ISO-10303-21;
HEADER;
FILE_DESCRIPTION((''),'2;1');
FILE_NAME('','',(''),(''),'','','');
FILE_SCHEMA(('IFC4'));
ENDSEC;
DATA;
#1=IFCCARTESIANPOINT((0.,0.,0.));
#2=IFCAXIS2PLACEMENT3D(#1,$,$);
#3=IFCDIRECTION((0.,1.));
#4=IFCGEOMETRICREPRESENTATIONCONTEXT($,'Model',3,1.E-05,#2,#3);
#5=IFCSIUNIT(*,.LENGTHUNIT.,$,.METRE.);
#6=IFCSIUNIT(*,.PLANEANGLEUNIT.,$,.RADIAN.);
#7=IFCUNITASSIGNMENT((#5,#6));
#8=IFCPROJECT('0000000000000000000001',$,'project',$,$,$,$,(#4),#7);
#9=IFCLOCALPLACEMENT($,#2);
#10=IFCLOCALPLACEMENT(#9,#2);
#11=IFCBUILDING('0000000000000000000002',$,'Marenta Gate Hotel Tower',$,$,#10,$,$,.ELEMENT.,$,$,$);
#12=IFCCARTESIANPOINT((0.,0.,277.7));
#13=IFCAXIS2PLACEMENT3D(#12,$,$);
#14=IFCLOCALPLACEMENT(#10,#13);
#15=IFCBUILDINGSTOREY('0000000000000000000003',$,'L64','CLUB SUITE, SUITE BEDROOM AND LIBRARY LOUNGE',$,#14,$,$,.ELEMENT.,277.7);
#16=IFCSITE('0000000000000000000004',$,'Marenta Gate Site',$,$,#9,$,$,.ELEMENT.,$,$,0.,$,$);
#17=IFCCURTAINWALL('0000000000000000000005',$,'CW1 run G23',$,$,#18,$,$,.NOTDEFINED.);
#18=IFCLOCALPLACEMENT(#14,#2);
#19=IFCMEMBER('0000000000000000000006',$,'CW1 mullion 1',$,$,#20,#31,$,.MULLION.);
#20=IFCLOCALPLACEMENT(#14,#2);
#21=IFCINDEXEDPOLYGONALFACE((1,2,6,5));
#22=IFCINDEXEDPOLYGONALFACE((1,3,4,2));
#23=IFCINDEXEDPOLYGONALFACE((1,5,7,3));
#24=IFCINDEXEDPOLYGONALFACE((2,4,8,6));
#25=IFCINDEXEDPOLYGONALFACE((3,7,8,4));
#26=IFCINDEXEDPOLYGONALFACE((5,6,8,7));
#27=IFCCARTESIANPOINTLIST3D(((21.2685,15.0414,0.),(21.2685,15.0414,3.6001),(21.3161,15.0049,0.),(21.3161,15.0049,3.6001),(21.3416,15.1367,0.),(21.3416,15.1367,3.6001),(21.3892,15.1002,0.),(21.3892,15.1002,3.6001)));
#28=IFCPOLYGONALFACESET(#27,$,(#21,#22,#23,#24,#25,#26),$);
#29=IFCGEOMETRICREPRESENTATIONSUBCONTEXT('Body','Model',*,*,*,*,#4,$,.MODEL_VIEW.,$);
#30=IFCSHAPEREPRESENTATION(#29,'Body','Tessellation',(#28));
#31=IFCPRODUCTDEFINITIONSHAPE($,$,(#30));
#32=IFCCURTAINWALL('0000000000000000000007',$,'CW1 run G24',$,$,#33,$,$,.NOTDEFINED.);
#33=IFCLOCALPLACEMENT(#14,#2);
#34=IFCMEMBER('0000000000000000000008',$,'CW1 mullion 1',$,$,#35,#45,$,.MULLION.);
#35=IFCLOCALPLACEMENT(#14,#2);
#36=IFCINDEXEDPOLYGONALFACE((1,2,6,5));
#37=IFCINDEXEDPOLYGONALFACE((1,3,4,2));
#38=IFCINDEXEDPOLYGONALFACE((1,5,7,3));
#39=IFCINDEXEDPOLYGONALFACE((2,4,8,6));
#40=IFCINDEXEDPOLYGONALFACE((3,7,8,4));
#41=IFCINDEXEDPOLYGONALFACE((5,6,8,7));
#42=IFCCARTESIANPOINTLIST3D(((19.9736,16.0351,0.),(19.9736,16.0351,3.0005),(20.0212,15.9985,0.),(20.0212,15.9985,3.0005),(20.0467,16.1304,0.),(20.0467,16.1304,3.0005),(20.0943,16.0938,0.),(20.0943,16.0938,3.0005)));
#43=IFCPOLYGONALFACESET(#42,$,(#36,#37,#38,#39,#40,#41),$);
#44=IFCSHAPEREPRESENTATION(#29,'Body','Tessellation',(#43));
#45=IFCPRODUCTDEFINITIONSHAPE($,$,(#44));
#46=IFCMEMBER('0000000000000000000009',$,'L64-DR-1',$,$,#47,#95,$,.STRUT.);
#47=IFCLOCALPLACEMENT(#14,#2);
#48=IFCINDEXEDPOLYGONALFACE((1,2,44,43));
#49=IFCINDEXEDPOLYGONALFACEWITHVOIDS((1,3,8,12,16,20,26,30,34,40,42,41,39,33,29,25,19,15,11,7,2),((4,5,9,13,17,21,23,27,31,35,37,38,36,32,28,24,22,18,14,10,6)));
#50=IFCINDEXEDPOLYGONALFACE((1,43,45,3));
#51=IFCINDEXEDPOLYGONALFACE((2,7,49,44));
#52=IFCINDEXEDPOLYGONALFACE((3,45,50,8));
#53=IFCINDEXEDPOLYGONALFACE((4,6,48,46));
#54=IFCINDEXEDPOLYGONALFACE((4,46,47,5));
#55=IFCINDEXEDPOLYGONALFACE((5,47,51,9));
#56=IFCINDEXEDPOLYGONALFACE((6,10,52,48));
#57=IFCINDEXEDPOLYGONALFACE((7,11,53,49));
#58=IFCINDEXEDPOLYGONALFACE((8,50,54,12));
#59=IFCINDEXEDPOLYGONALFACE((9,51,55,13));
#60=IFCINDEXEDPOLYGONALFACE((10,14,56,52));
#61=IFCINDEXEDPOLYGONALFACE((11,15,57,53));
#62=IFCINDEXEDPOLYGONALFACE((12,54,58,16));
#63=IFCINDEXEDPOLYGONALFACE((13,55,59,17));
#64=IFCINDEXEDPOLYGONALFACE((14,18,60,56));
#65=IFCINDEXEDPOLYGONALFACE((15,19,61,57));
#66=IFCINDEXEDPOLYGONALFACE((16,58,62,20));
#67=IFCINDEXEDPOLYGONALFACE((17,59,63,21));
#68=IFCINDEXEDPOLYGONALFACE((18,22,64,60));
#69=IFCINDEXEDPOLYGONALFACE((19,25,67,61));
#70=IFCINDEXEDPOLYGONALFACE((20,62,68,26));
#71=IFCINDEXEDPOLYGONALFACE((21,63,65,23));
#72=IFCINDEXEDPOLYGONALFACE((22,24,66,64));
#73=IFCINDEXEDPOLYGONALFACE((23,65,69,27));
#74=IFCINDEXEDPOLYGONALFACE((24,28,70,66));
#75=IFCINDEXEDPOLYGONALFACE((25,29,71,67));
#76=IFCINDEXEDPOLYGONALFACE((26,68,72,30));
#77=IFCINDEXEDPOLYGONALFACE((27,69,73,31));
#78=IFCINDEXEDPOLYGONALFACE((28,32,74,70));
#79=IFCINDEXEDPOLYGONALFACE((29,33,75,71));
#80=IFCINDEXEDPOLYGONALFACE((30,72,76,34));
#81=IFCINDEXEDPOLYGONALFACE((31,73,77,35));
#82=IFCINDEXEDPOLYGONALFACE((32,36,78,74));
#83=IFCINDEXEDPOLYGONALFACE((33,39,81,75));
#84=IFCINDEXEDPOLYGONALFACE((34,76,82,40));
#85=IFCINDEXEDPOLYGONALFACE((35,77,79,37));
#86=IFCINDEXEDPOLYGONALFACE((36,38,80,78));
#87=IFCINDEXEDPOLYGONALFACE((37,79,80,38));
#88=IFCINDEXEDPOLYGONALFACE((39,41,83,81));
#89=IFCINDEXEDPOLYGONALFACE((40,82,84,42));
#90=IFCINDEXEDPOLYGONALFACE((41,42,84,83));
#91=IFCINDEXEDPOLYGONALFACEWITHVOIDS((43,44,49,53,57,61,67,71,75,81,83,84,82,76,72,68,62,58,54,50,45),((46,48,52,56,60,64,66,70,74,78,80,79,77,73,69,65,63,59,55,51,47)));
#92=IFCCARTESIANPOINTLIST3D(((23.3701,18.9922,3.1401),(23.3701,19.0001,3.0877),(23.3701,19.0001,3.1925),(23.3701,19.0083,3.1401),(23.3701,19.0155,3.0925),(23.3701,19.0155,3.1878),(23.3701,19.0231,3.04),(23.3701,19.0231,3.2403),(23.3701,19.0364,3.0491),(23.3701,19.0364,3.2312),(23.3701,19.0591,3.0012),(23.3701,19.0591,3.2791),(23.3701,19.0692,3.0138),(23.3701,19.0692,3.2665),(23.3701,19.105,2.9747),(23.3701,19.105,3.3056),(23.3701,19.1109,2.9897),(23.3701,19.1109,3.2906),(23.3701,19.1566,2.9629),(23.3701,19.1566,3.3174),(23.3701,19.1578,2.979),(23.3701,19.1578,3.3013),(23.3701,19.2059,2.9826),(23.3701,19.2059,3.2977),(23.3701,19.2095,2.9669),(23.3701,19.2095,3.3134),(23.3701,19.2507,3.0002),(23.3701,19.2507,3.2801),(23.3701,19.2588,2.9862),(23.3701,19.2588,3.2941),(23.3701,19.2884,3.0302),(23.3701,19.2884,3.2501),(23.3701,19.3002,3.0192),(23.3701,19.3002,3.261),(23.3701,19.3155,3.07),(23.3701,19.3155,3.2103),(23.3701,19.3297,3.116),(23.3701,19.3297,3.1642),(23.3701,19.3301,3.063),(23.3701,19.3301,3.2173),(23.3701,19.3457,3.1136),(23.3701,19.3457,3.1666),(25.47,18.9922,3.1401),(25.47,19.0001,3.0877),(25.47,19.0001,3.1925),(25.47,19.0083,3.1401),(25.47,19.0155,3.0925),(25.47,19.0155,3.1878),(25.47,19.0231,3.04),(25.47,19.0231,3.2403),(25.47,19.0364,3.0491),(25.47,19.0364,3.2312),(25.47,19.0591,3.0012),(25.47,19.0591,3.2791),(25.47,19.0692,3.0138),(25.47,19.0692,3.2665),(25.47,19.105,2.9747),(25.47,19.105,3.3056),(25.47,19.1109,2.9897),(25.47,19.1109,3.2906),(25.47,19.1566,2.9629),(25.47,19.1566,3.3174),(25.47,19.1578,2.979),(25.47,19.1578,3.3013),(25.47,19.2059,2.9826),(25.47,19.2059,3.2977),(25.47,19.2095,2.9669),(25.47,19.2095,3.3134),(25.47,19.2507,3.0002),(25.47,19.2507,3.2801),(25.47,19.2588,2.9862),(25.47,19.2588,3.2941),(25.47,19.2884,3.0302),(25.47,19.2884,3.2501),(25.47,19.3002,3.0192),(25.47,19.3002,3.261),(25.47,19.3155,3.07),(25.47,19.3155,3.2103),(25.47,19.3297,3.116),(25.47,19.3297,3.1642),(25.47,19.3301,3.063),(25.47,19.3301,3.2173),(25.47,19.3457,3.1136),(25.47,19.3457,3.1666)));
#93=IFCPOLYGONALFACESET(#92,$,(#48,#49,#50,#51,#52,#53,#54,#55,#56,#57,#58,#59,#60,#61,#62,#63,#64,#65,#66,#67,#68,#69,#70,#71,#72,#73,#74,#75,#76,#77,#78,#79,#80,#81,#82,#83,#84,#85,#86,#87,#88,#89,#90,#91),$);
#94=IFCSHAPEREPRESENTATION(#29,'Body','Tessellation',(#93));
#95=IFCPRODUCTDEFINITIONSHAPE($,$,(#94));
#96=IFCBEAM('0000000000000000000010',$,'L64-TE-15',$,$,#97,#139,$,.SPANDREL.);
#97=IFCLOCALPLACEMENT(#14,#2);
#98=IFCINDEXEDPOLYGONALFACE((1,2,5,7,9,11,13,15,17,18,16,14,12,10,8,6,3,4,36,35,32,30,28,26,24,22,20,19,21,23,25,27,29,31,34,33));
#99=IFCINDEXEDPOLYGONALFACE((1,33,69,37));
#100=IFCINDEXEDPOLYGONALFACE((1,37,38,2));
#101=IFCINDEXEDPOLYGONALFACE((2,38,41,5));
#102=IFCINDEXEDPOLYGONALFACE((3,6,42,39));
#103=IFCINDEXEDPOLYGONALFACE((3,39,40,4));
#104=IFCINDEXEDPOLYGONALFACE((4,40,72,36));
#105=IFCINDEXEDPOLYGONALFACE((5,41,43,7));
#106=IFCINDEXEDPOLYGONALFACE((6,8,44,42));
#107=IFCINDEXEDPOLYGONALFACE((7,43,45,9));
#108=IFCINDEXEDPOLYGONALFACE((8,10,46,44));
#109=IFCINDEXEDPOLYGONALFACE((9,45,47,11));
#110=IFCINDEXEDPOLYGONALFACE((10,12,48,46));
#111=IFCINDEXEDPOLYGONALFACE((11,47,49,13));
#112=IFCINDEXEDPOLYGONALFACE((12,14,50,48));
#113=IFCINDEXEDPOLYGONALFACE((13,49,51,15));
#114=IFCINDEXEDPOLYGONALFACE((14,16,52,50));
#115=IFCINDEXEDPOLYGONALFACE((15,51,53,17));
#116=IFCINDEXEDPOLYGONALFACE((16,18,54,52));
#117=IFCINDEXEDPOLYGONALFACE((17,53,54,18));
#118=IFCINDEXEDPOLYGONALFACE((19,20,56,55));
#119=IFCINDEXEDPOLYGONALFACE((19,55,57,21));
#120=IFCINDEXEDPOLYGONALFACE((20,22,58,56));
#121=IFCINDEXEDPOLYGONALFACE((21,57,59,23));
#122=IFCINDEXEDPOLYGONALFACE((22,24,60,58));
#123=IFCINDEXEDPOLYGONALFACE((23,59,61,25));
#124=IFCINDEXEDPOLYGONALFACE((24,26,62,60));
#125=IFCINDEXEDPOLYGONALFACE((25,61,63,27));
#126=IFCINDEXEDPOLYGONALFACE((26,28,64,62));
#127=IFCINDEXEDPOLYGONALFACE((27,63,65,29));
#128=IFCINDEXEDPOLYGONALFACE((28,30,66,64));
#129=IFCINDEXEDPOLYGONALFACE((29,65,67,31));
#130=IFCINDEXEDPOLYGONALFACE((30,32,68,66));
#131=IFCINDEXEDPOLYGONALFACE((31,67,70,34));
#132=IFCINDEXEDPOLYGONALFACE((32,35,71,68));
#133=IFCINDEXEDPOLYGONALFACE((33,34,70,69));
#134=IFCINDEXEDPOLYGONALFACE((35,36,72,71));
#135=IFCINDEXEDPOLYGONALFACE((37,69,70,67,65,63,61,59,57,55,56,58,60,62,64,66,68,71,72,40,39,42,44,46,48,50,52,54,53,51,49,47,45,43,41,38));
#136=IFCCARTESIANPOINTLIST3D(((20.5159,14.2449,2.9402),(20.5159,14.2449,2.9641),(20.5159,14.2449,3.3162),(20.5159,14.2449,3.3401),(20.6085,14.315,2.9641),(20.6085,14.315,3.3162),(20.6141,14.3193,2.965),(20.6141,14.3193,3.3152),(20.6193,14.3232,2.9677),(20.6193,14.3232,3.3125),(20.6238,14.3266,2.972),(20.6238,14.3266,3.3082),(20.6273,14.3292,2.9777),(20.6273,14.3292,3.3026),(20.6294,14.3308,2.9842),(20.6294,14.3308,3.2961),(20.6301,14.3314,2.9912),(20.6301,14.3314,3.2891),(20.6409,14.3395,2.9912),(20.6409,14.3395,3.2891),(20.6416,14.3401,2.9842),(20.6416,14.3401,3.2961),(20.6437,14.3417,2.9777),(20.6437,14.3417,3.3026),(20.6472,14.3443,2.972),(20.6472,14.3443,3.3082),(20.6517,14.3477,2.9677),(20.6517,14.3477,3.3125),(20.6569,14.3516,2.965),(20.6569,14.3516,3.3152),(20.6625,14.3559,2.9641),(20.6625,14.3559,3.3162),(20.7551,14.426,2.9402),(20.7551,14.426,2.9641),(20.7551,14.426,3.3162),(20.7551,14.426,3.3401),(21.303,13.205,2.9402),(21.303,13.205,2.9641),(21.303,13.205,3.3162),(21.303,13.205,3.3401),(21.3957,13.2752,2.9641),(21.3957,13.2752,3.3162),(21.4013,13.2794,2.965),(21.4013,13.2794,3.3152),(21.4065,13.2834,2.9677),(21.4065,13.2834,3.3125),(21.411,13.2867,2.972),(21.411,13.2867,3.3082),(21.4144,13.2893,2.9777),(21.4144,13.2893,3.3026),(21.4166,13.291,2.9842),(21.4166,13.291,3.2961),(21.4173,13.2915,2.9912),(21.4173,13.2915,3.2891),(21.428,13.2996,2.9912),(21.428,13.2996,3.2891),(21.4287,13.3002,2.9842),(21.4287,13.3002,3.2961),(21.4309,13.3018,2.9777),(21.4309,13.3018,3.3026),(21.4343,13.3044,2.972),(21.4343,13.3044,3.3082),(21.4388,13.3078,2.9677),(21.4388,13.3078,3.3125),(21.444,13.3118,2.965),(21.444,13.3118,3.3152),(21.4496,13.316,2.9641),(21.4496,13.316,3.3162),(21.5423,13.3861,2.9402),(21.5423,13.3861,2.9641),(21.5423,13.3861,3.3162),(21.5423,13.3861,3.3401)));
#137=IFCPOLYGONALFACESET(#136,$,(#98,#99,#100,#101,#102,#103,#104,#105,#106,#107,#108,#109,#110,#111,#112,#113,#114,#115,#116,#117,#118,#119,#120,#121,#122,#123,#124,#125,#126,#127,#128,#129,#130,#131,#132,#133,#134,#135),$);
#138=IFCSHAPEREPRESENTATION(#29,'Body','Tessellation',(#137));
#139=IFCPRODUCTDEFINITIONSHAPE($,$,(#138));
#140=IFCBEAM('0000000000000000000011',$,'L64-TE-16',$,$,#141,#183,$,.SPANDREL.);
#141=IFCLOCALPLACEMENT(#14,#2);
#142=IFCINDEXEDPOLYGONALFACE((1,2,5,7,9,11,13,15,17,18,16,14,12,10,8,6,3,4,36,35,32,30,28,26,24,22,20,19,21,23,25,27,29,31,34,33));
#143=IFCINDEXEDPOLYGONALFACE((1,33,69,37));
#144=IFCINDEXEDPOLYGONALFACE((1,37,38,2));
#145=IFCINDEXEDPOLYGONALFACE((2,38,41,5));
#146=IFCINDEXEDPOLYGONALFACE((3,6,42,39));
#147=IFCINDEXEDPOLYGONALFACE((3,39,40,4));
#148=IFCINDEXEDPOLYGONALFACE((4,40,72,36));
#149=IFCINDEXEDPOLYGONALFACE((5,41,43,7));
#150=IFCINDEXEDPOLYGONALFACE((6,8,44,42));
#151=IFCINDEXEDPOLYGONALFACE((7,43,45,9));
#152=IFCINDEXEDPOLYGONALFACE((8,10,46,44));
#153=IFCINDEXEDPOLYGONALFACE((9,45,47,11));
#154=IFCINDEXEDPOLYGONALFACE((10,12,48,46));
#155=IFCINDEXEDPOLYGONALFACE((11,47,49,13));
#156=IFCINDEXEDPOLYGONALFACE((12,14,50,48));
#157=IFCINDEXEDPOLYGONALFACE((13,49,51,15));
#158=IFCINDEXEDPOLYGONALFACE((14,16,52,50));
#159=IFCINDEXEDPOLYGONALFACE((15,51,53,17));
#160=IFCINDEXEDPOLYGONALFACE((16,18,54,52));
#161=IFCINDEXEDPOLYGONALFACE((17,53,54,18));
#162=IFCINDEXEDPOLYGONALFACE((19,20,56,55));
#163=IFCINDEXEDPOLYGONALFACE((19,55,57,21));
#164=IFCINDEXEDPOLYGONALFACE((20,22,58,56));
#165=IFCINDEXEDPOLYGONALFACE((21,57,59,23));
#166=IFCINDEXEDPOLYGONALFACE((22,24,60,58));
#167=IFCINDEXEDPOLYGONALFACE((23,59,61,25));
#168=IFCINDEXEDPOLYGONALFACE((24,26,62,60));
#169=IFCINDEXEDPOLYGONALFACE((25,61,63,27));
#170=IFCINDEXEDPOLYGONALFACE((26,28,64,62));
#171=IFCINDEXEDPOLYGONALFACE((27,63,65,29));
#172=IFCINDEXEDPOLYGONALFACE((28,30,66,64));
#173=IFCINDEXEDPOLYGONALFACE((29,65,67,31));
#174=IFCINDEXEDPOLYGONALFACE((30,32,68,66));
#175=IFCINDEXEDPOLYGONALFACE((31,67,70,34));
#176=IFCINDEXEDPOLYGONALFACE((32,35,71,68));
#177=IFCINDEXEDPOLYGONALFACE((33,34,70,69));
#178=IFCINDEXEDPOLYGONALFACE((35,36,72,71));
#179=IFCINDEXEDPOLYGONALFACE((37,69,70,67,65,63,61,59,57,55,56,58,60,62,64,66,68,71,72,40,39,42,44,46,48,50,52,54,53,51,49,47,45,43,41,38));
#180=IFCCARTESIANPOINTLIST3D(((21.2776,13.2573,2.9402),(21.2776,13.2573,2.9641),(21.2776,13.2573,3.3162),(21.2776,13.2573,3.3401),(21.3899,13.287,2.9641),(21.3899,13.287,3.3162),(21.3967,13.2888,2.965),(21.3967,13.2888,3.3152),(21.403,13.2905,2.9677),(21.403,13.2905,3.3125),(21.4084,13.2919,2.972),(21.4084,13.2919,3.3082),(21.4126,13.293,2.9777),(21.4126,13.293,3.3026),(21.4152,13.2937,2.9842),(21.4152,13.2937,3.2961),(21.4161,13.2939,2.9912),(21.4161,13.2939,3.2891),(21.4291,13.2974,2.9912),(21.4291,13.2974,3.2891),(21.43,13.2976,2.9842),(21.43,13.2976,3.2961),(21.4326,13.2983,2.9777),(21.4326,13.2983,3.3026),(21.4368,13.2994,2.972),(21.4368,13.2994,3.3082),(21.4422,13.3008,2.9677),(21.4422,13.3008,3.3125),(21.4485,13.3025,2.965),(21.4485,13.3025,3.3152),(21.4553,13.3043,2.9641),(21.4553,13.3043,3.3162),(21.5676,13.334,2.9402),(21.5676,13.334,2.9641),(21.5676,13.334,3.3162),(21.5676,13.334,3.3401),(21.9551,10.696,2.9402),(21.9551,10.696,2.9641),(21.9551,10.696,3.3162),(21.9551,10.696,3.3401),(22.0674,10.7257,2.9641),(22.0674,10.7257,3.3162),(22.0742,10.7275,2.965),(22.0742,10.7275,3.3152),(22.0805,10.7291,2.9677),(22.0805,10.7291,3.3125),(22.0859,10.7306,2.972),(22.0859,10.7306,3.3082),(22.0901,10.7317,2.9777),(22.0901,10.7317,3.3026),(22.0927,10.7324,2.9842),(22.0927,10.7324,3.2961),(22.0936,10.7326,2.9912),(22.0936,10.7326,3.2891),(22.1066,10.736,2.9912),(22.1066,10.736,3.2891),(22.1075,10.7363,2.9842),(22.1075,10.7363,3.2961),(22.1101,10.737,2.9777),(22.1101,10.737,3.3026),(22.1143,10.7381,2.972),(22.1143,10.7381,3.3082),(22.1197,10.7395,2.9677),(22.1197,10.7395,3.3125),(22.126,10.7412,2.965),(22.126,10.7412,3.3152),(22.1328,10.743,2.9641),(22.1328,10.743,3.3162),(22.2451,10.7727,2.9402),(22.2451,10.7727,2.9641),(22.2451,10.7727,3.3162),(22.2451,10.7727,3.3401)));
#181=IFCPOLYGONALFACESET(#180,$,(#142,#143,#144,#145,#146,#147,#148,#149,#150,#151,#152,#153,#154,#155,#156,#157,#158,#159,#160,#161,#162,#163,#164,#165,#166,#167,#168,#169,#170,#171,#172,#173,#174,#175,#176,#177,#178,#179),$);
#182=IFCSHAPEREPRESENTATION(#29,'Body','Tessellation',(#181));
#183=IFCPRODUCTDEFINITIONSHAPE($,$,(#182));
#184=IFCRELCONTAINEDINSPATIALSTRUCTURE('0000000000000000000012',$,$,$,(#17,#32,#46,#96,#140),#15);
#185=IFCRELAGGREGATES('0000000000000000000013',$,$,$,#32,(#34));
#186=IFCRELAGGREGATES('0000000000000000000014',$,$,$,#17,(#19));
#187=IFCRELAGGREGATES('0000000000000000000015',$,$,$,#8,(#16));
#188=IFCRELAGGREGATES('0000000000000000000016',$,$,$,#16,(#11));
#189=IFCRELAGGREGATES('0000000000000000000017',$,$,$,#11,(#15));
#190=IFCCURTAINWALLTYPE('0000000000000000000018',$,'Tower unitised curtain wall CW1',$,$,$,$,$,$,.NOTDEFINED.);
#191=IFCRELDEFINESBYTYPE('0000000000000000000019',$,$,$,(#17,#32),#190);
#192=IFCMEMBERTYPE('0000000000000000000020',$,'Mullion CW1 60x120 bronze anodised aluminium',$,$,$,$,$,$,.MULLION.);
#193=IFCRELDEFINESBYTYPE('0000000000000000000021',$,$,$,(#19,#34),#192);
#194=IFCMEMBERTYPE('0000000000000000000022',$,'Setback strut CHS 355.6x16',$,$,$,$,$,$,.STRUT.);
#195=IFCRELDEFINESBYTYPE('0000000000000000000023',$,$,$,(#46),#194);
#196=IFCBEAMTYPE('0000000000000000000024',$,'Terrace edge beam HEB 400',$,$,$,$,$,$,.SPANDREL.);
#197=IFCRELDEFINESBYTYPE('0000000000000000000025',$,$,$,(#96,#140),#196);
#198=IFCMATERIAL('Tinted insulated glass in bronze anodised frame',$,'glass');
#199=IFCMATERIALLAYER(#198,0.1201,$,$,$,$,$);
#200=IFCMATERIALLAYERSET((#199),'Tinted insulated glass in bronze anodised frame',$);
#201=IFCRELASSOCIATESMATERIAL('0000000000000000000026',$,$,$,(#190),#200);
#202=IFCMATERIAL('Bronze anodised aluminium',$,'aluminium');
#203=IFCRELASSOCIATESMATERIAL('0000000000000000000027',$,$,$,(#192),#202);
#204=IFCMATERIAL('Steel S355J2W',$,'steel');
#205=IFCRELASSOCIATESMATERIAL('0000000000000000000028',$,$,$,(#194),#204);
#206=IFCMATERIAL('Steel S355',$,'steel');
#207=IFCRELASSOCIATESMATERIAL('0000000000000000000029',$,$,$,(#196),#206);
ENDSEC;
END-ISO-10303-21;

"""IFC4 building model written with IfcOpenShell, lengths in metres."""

from ifc_helpers import new_model, si_unit, direction, frame, origin, origin_2d, place, context, subcontext, project, spatial, rectangle, hollow_circle, i_section, extrude, material, layer, layer_set, material_profile, profile_set, type_object, element, aggregate, save


model = new_model("IFC4")

# Units and contexts
model_context = context("Model", 3, precision=1e-05, world=origin(), true_north=direction((0.0, 1.0)))
body_context = subcontext(model_context, "Body", "Model", "MODEL_VIEW")
ifc_project = project(units=[si_unit("LENGTHUNIT", "METRE"), si_unit("PLANEANGLEUNIT", "RADIAN")], contexts=[model_context])

# Site, building, storey
site_placement = place(None, origin())
site = spatial("IfcSite", under=ifc_project, at=site_placement, Name="Marenta Gate Site", CompositionType="ELEMENT", RefElevation=0.0)
building_placement = place(site_placement, origin())
building = spatial("IfcBuilding", under=site, at=building_placement, Name="Marenta Gate Hotel Tower", CompositionType="ELEMENT")
storey_placement = place(building_placement, frame((0.0, 0.0, 277.7)))
storey = spatial("IfcBuildingStorey", under=building, at=storey_placement, Name="L64", Description="CLUB SUITE, SUITE BEDROOM AND LIBRARY LOUNGE", CompositionType="ELEMENT", Elevation=277.7)

# Curtain walls, members
ifc_material_1 = material(Name="Tinted insulated glass in bronze anodised frame", Category="glass")
ifc_layer_1 = layer(ifc_material_1, 0.1201)
ifc_layer_set_1 = layer_set([ifc_layer_1], Name="Tinted insulated glass in bronze anodised frame")
curtain_wall_type = type_object("IfcCurtainWallType", Name="Tower unitised curtain wall CW1", PredefinedType="NOTDEFINED", material=ifc_layer_set_1)
ifc_material_2 = material(Name="Bronze anodised aluminium", Category="aluminium")
ifc_material_profile_1 = material_profile(ifc_material_2, rectangle(XDim=0.1201, YDim=0.0601, at=origin_2d()), Name="Mullion CW1 60x120 bronze anodised aluminium")
ifc_profile_set_1 = profile_set([ifc_material_profile_1], Name="Bronze anodised aluminium")
member_type_1 = type_object("IfcMemberType", Name="Mullion CW1 60x120 bronze anodised aluminium", PredefinedType="MULLION", material=ifc_profile_set_1)
curtain_wall_1_placement = place(storey_placement, origin())
curtain_wall_1 = element("IfcCurtainWall", 1, at=curtain_wall_1_placement, inside=storey, type_object=curtain_wall_type, Name="CW1 run G23", PredefinedType="NOTDEFINED")
member_1_placement = place(storey_placement, frame((21.3289, 15.0708, 0.0), z_axis=(0.0, 0.0, 1.0), x_axis=(-0.608825, -0.793305, 0.0)))
member_1 = element("IfcMember", 2, at=member_1_placement, type_object=member_type_1, Name="CW1 mullion 1", PredefinedType="MULLION", context=body_context, shape_type="SweptSolid", body=[
    extrude(rectangle(XDim=0.1201, YDim=0.0601, at=origin_2d()), origin(), (0.0, 0.0, 1.0), 3.6001),
])
curtain_wall_2_placement = place(storey_placement, origin())
curtain_wall_2 = element("IfcCurtainWall", 3, at=curtain_wall_2_placement, inside=storey, type_object=curtain_wall_type, Name="CW1 run G24", PredefinedType="NOTDEFINED")
member_2_placement = place(storey_placement, frame((20.0339, 16.0645, 0.0), z_axis=(0.0, 0.0, 1.0), x_axis=(-0.608635, -0.79345, 0.0)))
member_2 = element("IfcMember", 4, at=member_2_placement, type_object=member_type_1, Name="CW1 mullion 1", PredefinedType="MULLION", context=body_context, shape_type="SweptSolid", body=[
    extrude(rectangle(XDim=0.1201, YDim=0.0601, at=origin_2d()), origin(), (0.0, 0.0, 1.0), 3.0005),
])

# Member
ifc_material_3 = material(Name="Steel S355J2W", Category="steel")
ifc_material_profile_2 = material_profile(ifc_material_3, hollow_circle(Radius=0.1777, WallThickness=0.0161, at=origin_2d()), Name="CHS 355.6x16")
ifc_profile_set_2 = profile_set([ifc_material_profile_2], Name="Steel S355J2W")
member_type_2 = type_object("IfcMemberType", Name="Setback strut CHS 355.6x16", PredefinedType="STRUT", material=ifc_profile_set_2)
member_3_placement = place(storey_placement, frame((25.47, 19.1699, 3.1401), z_axis=(-1.0, 0.0, 0.0), x_axis=(0.0, -1.0, 0.0)))
element("IfcMember", 5, at=member_3_placement, inside=storey, type_object=member_type_2, Name="L64-DR-1", PredefinedType="STRUT", context=body_context, shape_type="SweptSolid", body=[
    extrude(hollow_circle(Radius=0.1777, WallThickness=0.0161, at=origin_2d()), origin(), (0.0, 0.0, 1.0), 2.0999),
])

# Beams
ifc_material_4 = material(Name="Steel S355", Category="steel")
ifc_material_profile_3 = material_profile(ifc_material_4, i_section(OverallWidth=0.3, OverallDepth=0.3999, WebThickness=0.0134, FlangeThickness=0.0239, FilletRadius=0.0271, at=origin_2d()), Name="HEB 400")
ifc_profile_set_3 = profile_set([ifc_material_profile_3], Name="Steel S355")
beam_type_1 = type_object("IfcBeamType", Name="Terrace edge beam HEB 400", PredefinedType="SPANDREL", material=ifc_profile_set_3)
beam_1_placement = place(storey_placement, frame((20.6355, 14.3354, 3.1401), z_axis=(0.603558, -0.797319, 0.0), x_axis=(0.797319, 0.603558, 0.0)))
element("IfcBeam", 6, at=beam_1_placement, inside=storey, type_object=beam_type_1, Name="L64-TE-15", PredefinedType="SPANDREL", context=body_context, shape_type="SweptSolid", body=[
    extrude(i_section(OverallWidth=0.3, OverallDepth=0.3999, WebThickness=0.0134, FlangeThickness=0.0239, FilletRadius=0.0271, at=origin_2d()), origin(), (0.0, 0.0, 1.0), 1.3042),
])
beam_2_placement = place(storey_placement, frame((21.4226, 13.2957, 3.1401), z_axis=(0.255718, -0.966751, 0.0), x_axis=(0.966751, 0.255718, 0.0)))
element("IfcBeam", 7, at=beam_2_placement, inside=storey, type_object=beam_type_1, Name="L64-TE-16", PredefinedType="SPANDREL", context=body_context, shape_type="SweptSolid", body=[
    extrude(i_section(OverallWidth=0.3, OverallDepth=0.3999, WebThickness=0.0134, FlangeThickness=0.0239, FilletRadius=0.0271, at=origin_2d()), origin(), (0.0, 0.0, 1.0), 2.6494),
])

aggregate(curtain_wall_2, [member_2])

aggregate(curtain_wall_1, [member_1])

save(model, "model.ifc")
